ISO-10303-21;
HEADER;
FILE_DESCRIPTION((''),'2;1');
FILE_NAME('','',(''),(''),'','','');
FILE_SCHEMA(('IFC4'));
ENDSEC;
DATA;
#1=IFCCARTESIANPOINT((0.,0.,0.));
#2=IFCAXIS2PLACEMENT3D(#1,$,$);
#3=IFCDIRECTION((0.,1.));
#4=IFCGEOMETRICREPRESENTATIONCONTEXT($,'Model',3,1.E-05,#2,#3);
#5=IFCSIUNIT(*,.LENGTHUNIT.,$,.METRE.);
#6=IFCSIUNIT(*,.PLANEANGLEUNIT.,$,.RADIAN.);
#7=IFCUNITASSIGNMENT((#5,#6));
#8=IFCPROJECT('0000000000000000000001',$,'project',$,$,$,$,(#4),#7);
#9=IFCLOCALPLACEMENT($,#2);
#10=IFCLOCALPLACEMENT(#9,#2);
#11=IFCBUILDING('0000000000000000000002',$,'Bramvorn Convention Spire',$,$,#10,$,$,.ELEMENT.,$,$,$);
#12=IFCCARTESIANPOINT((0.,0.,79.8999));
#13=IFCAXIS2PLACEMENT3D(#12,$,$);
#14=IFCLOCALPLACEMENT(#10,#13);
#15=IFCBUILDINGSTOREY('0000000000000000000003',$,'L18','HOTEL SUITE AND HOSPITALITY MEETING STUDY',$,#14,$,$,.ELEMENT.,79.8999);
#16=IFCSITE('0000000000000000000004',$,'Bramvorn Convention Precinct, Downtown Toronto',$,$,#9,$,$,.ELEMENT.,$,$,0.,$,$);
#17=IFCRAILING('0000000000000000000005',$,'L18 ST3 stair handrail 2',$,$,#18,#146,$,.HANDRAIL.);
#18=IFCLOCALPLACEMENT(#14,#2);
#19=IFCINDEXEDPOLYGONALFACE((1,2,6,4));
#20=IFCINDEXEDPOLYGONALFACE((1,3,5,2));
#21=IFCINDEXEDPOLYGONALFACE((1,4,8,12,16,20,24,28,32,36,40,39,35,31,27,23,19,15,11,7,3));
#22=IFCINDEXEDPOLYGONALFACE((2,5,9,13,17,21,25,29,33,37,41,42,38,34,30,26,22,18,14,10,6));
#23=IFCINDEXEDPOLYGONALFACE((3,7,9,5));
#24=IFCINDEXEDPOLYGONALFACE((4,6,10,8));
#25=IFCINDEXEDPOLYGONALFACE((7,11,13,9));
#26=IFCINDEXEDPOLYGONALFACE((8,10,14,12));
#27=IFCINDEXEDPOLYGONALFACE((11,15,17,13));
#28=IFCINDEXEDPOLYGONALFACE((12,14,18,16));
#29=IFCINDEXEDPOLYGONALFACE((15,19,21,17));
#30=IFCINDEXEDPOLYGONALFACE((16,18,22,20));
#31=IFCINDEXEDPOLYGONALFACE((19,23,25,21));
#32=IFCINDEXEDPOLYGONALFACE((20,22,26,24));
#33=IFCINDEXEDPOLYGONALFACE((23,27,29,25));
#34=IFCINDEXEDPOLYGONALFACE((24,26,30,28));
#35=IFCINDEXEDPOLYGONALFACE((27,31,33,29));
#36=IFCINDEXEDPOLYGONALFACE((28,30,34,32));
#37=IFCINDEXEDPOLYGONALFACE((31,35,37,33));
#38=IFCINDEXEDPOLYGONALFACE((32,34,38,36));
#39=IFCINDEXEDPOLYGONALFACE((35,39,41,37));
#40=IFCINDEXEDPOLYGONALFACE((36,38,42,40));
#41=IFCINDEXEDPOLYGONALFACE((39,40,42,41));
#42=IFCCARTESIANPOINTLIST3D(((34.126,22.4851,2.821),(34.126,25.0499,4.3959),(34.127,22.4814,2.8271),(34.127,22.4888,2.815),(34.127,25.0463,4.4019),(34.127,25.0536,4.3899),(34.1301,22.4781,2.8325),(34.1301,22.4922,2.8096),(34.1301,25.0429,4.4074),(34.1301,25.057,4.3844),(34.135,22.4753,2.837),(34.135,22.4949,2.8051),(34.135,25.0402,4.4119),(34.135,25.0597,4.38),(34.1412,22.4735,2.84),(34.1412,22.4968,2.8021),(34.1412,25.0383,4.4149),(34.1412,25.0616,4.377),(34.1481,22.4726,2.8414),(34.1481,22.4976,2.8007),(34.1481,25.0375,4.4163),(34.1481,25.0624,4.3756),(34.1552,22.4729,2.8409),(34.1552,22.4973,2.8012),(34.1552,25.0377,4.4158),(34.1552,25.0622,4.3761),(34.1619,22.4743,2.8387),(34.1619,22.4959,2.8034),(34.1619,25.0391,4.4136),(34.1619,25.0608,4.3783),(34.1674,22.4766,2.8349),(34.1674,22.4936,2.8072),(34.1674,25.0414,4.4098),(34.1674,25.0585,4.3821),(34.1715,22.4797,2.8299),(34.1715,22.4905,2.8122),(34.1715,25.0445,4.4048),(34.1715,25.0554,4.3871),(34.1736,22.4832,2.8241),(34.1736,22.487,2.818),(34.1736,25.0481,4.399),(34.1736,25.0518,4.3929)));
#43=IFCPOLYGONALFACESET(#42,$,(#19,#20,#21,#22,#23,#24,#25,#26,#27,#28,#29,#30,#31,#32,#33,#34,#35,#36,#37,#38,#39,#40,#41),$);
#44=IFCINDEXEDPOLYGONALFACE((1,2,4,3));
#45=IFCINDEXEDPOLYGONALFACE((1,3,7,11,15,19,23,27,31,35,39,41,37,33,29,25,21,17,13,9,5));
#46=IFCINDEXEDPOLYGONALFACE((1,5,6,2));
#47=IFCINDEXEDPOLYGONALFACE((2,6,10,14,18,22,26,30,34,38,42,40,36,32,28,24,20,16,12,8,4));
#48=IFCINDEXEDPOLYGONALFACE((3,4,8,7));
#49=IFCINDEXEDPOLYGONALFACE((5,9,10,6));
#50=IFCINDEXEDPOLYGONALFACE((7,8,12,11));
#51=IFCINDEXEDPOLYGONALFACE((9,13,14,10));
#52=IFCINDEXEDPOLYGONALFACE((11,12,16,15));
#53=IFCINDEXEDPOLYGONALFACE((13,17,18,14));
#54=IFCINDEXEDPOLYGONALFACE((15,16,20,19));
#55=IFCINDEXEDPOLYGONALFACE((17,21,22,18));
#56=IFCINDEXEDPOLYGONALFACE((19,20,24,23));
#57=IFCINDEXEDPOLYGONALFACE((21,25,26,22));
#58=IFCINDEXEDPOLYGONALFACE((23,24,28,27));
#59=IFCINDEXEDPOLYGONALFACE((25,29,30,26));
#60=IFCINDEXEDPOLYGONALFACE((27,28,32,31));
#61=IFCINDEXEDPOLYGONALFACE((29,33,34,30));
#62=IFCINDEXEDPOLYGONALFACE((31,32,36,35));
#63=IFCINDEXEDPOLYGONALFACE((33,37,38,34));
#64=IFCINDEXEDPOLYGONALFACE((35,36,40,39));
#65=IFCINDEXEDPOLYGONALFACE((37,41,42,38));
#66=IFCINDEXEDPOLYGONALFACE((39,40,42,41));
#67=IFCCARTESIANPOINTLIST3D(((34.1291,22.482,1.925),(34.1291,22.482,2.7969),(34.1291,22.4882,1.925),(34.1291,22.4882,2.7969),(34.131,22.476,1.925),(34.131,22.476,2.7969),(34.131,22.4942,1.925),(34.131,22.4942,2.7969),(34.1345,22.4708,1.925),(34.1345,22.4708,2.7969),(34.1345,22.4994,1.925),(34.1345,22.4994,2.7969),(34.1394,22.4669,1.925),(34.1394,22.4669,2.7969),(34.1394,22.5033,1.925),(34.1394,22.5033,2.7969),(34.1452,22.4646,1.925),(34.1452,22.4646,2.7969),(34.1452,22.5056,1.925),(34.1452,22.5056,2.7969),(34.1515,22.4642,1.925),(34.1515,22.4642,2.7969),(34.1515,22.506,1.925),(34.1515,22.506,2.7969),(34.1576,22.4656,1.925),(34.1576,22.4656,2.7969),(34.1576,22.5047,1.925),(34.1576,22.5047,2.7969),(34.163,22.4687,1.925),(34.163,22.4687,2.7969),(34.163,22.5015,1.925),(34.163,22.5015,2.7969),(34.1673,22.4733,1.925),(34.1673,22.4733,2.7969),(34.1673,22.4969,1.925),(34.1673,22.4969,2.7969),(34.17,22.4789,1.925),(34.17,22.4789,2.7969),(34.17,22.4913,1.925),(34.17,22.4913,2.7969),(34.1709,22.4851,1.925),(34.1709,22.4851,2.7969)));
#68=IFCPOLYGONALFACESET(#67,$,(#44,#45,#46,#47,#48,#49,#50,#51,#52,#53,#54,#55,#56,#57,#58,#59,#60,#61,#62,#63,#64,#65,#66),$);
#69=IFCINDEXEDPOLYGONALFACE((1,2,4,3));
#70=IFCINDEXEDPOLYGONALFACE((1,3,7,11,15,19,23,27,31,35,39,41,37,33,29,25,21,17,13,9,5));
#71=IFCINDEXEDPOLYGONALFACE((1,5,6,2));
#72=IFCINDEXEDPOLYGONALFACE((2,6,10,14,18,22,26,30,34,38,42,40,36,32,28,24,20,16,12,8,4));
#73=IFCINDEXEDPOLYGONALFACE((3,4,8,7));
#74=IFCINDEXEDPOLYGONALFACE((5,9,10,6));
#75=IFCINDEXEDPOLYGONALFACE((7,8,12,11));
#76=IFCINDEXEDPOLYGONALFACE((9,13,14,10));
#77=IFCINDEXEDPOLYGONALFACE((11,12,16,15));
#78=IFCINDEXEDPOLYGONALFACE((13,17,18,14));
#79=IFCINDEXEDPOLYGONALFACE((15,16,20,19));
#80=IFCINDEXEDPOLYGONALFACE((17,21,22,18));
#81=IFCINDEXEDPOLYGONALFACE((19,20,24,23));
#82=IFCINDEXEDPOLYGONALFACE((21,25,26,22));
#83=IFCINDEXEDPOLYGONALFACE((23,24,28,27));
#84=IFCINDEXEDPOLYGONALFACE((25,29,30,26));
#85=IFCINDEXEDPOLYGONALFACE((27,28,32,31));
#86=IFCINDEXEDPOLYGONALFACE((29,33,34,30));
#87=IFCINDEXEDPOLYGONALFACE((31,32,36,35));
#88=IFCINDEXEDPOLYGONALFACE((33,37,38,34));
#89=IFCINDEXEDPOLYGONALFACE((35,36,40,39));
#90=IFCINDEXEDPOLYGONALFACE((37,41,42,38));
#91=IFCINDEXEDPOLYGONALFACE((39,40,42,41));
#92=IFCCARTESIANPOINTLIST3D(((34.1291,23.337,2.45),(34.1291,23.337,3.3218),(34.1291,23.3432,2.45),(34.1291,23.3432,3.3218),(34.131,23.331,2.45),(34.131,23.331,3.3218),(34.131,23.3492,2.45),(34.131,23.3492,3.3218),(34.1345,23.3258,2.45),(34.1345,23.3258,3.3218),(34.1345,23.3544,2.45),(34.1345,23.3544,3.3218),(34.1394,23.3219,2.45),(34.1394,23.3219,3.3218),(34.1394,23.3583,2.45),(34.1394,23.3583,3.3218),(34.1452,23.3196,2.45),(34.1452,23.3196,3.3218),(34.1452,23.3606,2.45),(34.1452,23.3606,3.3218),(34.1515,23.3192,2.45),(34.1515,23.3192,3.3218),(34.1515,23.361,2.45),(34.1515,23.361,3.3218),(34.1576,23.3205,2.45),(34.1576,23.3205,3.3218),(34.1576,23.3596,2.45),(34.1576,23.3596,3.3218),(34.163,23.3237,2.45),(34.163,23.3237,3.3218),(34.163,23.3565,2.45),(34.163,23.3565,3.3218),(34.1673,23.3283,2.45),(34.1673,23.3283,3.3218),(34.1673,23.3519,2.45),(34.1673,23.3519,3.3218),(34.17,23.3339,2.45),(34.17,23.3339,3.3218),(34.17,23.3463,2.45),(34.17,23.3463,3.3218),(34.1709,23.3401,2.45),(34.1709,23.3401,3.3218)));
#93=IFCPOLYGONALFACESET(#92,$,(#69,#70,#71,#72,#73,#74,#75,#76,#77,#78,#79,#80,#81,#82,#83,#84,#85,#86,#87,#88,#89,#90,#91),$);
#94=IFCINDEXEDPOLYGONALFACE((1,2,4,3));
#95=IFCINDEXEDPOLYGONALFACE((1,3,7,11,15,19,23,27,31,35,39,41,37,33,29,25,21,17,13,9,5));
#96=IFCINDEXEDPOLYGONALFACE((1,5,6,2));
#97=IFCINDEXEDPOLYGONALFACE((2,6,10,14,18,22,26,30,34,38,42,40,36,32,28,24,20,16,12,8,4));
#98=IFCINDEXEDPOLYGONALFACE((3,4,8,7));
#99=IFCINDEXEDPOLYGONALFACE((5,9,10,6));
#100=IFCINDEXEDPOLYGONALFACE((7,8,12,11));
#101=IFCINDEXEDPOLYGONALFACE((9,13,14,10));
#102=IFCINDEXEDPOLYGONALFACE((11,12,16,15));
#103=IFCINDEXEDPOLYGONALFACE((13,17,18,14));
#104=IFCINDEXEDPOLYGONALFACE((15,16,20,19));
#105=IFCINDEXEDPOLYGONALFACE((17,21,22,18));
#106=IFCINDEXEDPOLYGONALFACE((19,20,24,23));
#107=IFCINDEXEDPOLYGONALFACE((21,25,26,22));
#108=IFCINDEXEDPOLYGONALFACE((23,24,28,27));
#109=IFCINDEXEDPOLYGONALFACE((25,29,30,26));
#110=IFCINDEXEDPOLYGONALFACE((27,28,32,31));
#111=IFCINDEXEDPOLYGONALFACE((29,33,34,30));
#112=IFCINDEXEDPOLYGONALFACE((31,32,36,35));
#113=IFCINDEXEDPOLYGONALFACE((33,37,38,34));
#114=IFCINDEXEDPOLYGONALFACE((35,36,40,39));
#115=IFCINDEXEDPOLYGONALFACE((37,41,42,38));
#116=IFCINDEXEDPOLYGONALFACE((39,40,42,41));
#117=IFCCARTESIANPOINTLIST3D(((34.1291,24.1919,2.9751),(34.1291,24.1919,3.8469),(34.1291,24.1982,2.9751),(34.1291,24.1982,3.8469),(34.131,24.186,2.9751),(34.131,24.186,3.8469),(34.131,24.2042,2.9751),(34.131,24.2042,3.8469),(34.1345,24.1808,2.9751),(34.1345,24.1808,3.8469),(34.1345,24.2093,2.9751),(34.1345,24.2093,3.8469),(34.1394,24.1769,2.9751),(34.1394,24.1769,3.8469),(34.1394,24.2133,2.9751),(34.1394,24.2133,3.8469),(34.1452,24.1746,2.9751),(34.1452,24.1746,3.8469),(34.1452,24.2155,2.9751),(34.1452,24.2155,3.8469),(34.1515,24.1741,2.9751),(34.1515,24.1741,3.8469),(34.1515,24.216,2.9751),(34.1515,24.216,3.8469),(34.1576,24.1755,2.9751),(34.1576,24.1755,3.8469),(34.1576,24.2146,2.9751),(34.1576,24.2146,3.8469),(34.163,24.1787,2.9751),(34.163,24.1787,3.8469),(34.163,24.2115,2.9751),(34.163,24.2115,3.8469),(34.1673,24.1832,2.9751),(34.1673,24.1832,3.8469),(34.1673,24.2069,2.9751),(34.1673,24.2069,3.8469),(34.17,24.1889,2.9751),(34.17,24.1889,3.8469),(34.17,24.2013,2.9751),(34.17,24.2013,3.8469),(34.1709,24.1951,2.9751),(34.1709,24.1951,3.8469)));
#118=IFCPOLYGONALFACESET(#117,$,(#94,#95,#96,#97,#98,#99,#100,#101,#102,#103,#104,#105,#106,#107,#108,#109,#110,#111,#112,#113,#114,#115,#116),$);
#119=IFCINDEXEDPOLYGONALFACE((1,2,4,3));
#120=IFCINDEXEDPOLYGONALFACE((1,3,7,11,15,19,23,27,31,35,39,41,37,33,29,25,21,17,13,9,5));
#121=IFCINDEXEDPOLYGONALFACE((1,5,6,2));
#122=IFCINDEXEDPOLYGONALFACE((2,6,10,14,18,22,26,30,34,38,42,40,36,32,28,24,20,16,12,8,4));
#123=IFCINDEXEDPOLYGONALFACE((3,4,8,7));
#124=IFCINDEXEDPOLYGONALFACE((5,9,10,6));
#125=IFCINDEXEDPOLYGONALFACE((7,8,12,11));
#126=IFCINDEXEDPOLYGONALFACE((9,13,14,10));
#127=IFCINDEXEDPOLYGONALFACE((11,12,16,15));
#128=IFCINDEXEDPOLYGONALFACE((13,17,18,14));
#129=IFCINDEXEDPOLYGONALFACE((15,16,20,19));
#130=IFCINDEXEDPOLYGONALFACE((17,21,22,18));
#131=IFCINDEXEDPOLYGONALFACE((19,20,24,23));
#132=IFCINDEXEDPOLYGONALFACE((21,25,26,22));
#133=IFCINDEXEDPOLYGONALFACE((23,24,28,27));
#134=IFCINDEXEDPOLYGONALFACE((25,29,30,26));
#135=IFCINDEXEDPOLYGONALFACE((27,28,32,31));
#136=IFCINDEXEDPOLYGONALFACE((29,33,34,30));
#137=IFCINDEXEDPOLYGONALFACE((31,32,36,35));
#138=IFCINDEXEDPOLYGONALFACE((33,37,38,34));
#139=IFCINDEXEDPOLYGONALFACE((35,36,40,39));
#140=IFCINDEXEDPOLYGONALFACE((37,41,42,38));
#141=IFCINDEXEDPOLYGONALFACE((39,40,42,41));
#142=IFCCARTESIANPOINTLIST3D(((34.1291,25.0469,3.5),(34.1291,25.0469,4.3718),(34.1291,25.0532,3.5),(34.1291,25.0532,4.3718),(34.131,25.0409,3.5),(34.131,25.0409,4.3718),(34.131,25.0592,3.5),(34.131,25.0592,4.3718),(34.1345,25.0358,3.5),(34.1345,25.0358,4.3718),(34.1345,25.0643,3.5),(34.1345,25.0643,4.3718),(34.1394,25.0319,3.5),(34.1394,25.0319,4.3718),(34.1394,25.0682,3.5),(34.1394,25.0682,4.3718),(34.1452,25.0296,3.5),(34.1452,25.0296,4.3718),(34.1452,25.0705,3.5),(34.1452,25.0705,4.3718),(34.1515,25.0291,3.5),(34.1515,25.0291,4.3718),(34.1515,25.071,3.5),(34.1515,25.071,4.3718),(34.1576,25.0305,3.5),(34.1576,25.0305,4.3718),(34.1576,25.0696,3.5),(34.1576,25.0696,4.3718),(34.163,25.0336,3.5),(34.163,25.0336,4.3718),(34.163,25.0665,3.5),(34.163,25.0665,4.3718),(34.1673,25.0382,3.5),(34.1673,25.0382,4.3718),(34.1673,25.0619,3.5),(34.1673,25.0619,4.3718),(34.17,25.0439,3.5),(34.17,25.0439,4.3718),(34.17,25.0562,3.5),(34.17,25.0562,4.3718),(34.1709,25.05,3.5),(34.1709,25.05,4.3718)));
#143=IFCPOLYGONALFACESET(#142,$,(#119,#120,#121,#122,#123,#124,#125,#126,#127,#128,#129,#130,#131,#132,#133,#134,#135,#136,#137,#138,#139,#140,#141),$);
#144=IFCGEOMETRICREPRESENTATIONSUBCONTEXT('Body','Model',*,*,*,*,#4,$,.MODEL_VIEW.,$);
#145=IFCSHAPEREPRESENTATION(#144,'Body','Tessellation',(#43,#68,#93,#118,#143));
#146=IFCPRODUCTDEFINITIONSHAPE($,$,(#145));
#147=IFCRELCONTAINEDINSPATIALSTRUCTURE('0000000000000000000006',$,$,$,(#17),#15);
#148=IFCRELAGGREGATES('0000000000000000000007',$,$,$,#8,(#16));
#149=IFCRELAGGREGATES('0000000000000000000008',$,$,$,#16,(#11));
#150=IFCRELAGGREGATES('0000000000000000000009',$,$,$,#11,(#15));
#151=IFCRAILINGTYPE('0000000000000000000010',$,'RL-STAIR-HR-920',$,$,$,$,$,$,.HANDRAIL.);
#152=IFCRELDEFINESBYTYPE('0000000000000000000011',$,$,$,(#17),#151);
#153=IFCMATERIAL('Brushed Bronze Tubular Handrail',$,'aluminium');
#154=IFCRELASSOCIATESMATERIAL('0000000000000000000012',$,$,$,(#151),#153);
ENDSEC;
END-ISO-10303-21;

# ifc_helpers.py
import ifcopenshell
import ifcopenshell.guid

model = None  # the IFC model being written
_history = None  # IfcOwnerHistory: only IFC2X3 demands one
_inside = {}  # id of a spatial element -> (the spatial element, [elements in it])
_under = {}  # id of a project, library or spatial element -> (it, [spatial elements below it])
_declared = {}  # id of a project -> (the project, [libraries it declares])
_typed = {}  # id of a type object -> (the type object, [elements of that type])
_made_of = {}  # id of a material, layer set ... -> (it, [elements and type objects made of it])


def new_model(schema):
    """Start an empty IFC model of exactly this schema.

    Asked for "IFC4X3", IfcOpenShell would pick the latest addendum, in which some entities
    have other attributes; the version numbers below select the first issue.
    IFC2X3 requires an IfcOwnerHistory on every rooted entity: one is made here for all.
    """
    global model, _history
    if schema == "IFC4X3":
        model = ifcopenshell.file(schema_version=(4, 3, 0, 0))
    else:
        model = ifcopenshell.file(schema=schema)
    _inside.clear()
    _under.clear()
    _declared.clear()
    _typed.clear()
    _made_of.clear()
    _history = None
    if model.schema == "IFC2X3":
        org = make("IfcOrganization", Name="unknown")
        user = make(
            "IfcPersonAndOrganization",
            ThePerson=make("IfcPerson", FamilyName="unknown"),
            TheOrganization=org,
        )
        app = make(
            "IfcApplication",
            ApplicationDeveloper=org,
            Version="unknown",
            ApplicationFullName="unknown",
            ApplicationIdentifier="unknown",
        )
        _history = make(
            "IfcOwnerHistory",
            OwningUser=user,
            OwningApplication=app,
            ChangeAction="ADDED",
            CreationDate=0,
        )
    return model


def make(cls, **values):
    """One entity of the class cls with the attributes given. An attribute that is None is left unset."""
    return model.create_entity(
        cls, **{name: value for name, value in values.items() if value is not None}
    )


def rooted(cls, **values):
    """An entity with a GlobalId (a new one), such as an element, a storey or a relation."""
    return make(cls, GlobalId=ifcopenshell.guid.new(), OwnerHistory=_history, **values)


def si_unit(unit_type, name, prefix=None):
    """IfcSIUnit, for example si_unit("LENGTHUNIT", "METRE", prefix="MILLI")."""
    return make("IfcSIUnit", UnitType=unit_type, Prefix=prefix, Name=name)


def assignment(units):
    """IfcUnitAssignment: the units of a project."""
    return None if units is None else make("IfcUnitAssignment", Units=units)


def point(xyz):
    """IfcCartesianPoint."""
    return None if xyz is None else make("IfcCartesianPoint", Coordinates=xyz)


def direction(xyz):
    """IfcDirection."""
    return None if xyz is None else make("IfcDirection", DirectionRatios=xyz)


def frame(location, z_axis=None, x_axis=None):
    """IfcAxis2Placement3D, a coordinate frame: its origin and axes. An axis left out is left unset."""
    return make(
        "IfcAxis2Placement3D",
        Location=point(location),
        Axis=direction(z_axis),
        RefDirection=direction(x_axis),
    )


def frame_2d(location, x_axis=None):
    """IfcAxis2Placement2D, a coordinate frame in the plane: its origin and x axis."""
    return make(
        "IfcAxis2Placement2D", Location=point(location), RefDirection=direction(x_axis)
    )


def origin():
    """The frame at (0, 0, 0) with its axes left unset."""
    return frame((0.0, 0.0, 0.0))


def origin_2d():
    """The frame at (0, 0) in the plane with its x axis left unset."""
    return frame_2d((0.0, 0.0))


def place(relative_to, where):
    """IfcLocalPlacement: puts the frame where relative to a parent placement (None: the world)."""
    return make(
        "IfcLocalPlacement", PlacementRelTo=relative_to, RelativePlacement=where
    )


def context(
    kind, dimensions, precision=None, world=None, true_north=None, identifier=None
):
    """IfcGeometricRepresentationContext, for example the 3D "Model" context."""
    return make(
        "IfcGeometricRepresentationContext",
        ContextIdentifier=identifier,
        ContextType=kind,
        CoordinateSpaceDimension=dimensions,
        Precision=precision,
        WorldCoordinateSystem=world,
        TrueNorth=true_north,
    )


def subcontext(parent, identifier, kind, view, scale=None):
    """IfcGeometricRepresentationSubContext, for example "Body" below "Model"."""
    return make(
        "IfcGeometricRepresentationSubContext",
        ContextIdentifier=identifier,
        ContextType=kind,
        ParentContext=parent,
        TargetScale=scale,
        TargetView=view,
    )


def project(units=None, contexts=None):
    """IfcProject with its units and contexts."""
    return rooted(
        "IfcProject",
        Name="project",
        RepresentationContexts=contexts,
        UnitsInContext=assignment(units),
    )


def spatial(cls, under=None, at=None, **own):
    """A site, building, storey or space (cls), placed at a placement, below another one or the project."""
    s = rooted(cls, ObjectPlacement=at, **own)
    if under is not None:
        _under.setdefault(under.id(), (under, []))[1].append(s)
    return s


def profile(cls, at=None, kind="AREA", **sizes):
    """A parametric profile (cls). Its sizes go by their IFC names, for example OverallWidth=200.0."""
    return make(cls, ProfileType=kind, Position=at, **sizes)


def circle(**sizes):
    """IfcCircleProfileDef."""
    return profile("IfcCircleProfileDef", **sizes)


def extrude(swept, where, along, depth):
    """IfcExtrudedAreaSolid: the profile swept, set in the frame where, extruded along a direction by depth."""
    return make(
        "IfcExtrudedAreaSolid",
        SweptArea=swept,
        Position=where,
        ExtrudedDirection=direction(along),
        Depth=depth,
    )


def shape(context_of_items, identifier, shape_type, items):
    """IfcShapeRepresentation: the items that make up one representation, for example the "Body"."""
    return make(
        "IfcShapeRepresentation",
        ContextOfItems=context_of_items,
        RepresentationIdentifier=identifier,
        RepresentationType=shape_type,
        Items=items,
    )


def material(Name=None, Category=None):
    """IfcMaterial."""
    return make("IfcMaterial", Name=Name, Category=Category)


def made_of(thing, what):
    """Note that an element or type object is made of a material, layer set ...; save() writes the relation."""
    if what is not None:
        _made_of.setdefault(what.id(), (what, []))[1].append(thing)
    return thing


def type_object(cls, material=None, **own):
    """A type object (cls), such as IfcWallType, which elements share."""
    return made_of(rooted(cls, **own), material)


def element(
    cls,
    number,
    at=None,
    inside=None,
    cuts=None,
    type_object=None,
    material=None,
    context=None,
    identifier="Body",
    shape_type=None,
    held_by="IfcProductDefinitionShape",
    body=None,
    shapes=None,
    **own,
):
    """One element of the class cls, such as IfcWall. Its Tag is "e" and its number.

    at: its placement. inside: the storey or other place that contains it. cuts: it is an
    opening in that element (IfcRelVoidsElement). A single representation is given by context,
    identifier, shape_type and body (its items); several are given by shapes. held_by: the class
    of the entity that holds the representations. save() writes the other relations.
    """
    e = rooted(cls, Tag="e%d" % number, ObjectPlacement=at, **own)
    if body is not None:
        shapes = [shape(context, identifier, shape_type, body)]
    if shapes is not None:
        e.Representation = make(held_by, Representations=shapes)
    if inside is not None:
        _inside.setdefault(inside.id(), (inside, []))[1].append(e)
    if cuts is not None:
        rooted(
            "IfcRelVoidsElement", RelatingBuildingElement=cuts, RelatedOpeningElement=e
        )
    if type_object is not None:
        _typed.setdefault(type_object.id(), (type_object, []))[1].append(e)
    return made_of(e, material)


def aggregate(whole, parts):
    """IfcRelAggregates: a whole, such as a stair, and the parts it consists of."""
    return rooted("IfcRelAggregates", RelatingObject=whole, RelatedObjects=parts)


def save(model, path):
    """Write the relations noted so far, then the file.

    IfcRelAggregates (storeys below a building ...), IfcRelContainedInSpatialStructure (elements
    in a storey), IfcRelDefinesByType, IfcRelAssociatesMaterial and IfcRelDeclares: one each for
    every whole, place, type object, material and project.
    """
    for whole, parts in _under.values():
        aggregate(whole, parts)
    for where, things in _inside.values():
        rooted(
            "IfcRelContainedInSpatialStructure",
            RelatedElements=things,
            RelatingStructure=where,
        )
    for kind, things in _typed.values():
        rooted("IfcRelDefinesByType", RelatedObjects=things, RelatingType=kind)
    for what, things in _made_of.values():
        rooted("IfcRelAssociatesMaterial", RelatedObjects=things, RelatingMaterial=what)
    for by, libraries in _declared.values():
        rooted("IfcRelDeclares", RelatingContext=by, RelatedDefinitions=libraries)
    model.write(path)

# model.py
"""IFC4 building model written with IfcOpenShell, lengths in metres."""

from ifc_helpers import new_model, si_unit, direction, frame, origin, origin_2d, place, context, subcontext, project, spatial, circle, extrude, material, type_object, element, save


model = new_model("IFC4")

# Units and contexts
model_context = context("Model", 3, precision=1e-05, world=origin(), true_north=direction((0.0, 1.0)))
body_context = subcontext(model_context, "Body", "Model", "MODEL_VIEW")
ifc_project = project(units=[si_unit("LENGTHUNIT", "METRE"), si_unit("PLANEANGLEUNIT", "RADIAN")], contexts=[model_context])

# Site, building, storey
site_placement = place(None, origin())
site = spatial("IfcSite", under=ifc_project, at=site_placement, Name="Bramvorn Convention Precinct, Downtown Toronto", CompositionType="ELEMENT", RefElevation=0.0)
building_placement = place(site_placement, origin())
building = spatial("IfcBuilding", under=site, at=building_placement, Name="Bramvorn Convention Spire", CompositionType="ELEMENT")
storey_placement = place(building_placement, frame((0.0, 0.0, 79.8999)))
storey = spatial("IfcBuildingStorey", under=building, at=storey_placement, Name="L18", Description="HOTEL SUITE AND HOSPITALITY MEETING STUDY", CompositionType="ELEMENT", Elevation=79.8999)

# Railing
ifc_material_1 = material(Name="Brushed Bronze Tubular Handrail", Category="aluminium")
railing_type_1 = type_object("IfcRailingType", Name="RL-STAIR-HR-920", PredefinedType="HANDRAIL", material=ifc_material_1)
railing_1_placement = place(storey_placement, frame((34.1499, 22.4851, 1.925)))
element("IfcRailing", 1, at=railing_1_placement, inside=storey, type_object=railing_type_1, Name="L18 ST3 stair handrail 2", PredefinedType="HANDRAIL", context=body_context, shape_type="SweptSolid", body=[
    extrude(circle(Radius=0.0239, at=origin_2d()), frame((0.0, 0.0, 0.896), z_axis=(0.0, 0.852173, 0.52326), x_axis=(-1.0, 0.0, 0.0)), (0.0, 0.0, 1.0), 3.0098),
    extrude(circle(Radius=0.021, at=origin_2d()), origin(), (0.0, 0.0, 1.0), 0.8718),
    extrude(circle(Radius=0.021, at=origin_2d()), frame((0.0, 0.855, 0.5249)), (0.0, 0.0, 1.0), 0.8718),
    extrude(circle(Radius=0.021, at=origin_2d()), frame((0.0, 1.71, 1.05)), (0.0, 0.0, 1.0), 0.8718),
    extrude(circle(Radius=0.021, at=origin_2d()), frame((0.0, 2.5649, 1.575)), (0.0, 0.0, 1.0), 0.8718),
])

save(model, "model.ifc")
